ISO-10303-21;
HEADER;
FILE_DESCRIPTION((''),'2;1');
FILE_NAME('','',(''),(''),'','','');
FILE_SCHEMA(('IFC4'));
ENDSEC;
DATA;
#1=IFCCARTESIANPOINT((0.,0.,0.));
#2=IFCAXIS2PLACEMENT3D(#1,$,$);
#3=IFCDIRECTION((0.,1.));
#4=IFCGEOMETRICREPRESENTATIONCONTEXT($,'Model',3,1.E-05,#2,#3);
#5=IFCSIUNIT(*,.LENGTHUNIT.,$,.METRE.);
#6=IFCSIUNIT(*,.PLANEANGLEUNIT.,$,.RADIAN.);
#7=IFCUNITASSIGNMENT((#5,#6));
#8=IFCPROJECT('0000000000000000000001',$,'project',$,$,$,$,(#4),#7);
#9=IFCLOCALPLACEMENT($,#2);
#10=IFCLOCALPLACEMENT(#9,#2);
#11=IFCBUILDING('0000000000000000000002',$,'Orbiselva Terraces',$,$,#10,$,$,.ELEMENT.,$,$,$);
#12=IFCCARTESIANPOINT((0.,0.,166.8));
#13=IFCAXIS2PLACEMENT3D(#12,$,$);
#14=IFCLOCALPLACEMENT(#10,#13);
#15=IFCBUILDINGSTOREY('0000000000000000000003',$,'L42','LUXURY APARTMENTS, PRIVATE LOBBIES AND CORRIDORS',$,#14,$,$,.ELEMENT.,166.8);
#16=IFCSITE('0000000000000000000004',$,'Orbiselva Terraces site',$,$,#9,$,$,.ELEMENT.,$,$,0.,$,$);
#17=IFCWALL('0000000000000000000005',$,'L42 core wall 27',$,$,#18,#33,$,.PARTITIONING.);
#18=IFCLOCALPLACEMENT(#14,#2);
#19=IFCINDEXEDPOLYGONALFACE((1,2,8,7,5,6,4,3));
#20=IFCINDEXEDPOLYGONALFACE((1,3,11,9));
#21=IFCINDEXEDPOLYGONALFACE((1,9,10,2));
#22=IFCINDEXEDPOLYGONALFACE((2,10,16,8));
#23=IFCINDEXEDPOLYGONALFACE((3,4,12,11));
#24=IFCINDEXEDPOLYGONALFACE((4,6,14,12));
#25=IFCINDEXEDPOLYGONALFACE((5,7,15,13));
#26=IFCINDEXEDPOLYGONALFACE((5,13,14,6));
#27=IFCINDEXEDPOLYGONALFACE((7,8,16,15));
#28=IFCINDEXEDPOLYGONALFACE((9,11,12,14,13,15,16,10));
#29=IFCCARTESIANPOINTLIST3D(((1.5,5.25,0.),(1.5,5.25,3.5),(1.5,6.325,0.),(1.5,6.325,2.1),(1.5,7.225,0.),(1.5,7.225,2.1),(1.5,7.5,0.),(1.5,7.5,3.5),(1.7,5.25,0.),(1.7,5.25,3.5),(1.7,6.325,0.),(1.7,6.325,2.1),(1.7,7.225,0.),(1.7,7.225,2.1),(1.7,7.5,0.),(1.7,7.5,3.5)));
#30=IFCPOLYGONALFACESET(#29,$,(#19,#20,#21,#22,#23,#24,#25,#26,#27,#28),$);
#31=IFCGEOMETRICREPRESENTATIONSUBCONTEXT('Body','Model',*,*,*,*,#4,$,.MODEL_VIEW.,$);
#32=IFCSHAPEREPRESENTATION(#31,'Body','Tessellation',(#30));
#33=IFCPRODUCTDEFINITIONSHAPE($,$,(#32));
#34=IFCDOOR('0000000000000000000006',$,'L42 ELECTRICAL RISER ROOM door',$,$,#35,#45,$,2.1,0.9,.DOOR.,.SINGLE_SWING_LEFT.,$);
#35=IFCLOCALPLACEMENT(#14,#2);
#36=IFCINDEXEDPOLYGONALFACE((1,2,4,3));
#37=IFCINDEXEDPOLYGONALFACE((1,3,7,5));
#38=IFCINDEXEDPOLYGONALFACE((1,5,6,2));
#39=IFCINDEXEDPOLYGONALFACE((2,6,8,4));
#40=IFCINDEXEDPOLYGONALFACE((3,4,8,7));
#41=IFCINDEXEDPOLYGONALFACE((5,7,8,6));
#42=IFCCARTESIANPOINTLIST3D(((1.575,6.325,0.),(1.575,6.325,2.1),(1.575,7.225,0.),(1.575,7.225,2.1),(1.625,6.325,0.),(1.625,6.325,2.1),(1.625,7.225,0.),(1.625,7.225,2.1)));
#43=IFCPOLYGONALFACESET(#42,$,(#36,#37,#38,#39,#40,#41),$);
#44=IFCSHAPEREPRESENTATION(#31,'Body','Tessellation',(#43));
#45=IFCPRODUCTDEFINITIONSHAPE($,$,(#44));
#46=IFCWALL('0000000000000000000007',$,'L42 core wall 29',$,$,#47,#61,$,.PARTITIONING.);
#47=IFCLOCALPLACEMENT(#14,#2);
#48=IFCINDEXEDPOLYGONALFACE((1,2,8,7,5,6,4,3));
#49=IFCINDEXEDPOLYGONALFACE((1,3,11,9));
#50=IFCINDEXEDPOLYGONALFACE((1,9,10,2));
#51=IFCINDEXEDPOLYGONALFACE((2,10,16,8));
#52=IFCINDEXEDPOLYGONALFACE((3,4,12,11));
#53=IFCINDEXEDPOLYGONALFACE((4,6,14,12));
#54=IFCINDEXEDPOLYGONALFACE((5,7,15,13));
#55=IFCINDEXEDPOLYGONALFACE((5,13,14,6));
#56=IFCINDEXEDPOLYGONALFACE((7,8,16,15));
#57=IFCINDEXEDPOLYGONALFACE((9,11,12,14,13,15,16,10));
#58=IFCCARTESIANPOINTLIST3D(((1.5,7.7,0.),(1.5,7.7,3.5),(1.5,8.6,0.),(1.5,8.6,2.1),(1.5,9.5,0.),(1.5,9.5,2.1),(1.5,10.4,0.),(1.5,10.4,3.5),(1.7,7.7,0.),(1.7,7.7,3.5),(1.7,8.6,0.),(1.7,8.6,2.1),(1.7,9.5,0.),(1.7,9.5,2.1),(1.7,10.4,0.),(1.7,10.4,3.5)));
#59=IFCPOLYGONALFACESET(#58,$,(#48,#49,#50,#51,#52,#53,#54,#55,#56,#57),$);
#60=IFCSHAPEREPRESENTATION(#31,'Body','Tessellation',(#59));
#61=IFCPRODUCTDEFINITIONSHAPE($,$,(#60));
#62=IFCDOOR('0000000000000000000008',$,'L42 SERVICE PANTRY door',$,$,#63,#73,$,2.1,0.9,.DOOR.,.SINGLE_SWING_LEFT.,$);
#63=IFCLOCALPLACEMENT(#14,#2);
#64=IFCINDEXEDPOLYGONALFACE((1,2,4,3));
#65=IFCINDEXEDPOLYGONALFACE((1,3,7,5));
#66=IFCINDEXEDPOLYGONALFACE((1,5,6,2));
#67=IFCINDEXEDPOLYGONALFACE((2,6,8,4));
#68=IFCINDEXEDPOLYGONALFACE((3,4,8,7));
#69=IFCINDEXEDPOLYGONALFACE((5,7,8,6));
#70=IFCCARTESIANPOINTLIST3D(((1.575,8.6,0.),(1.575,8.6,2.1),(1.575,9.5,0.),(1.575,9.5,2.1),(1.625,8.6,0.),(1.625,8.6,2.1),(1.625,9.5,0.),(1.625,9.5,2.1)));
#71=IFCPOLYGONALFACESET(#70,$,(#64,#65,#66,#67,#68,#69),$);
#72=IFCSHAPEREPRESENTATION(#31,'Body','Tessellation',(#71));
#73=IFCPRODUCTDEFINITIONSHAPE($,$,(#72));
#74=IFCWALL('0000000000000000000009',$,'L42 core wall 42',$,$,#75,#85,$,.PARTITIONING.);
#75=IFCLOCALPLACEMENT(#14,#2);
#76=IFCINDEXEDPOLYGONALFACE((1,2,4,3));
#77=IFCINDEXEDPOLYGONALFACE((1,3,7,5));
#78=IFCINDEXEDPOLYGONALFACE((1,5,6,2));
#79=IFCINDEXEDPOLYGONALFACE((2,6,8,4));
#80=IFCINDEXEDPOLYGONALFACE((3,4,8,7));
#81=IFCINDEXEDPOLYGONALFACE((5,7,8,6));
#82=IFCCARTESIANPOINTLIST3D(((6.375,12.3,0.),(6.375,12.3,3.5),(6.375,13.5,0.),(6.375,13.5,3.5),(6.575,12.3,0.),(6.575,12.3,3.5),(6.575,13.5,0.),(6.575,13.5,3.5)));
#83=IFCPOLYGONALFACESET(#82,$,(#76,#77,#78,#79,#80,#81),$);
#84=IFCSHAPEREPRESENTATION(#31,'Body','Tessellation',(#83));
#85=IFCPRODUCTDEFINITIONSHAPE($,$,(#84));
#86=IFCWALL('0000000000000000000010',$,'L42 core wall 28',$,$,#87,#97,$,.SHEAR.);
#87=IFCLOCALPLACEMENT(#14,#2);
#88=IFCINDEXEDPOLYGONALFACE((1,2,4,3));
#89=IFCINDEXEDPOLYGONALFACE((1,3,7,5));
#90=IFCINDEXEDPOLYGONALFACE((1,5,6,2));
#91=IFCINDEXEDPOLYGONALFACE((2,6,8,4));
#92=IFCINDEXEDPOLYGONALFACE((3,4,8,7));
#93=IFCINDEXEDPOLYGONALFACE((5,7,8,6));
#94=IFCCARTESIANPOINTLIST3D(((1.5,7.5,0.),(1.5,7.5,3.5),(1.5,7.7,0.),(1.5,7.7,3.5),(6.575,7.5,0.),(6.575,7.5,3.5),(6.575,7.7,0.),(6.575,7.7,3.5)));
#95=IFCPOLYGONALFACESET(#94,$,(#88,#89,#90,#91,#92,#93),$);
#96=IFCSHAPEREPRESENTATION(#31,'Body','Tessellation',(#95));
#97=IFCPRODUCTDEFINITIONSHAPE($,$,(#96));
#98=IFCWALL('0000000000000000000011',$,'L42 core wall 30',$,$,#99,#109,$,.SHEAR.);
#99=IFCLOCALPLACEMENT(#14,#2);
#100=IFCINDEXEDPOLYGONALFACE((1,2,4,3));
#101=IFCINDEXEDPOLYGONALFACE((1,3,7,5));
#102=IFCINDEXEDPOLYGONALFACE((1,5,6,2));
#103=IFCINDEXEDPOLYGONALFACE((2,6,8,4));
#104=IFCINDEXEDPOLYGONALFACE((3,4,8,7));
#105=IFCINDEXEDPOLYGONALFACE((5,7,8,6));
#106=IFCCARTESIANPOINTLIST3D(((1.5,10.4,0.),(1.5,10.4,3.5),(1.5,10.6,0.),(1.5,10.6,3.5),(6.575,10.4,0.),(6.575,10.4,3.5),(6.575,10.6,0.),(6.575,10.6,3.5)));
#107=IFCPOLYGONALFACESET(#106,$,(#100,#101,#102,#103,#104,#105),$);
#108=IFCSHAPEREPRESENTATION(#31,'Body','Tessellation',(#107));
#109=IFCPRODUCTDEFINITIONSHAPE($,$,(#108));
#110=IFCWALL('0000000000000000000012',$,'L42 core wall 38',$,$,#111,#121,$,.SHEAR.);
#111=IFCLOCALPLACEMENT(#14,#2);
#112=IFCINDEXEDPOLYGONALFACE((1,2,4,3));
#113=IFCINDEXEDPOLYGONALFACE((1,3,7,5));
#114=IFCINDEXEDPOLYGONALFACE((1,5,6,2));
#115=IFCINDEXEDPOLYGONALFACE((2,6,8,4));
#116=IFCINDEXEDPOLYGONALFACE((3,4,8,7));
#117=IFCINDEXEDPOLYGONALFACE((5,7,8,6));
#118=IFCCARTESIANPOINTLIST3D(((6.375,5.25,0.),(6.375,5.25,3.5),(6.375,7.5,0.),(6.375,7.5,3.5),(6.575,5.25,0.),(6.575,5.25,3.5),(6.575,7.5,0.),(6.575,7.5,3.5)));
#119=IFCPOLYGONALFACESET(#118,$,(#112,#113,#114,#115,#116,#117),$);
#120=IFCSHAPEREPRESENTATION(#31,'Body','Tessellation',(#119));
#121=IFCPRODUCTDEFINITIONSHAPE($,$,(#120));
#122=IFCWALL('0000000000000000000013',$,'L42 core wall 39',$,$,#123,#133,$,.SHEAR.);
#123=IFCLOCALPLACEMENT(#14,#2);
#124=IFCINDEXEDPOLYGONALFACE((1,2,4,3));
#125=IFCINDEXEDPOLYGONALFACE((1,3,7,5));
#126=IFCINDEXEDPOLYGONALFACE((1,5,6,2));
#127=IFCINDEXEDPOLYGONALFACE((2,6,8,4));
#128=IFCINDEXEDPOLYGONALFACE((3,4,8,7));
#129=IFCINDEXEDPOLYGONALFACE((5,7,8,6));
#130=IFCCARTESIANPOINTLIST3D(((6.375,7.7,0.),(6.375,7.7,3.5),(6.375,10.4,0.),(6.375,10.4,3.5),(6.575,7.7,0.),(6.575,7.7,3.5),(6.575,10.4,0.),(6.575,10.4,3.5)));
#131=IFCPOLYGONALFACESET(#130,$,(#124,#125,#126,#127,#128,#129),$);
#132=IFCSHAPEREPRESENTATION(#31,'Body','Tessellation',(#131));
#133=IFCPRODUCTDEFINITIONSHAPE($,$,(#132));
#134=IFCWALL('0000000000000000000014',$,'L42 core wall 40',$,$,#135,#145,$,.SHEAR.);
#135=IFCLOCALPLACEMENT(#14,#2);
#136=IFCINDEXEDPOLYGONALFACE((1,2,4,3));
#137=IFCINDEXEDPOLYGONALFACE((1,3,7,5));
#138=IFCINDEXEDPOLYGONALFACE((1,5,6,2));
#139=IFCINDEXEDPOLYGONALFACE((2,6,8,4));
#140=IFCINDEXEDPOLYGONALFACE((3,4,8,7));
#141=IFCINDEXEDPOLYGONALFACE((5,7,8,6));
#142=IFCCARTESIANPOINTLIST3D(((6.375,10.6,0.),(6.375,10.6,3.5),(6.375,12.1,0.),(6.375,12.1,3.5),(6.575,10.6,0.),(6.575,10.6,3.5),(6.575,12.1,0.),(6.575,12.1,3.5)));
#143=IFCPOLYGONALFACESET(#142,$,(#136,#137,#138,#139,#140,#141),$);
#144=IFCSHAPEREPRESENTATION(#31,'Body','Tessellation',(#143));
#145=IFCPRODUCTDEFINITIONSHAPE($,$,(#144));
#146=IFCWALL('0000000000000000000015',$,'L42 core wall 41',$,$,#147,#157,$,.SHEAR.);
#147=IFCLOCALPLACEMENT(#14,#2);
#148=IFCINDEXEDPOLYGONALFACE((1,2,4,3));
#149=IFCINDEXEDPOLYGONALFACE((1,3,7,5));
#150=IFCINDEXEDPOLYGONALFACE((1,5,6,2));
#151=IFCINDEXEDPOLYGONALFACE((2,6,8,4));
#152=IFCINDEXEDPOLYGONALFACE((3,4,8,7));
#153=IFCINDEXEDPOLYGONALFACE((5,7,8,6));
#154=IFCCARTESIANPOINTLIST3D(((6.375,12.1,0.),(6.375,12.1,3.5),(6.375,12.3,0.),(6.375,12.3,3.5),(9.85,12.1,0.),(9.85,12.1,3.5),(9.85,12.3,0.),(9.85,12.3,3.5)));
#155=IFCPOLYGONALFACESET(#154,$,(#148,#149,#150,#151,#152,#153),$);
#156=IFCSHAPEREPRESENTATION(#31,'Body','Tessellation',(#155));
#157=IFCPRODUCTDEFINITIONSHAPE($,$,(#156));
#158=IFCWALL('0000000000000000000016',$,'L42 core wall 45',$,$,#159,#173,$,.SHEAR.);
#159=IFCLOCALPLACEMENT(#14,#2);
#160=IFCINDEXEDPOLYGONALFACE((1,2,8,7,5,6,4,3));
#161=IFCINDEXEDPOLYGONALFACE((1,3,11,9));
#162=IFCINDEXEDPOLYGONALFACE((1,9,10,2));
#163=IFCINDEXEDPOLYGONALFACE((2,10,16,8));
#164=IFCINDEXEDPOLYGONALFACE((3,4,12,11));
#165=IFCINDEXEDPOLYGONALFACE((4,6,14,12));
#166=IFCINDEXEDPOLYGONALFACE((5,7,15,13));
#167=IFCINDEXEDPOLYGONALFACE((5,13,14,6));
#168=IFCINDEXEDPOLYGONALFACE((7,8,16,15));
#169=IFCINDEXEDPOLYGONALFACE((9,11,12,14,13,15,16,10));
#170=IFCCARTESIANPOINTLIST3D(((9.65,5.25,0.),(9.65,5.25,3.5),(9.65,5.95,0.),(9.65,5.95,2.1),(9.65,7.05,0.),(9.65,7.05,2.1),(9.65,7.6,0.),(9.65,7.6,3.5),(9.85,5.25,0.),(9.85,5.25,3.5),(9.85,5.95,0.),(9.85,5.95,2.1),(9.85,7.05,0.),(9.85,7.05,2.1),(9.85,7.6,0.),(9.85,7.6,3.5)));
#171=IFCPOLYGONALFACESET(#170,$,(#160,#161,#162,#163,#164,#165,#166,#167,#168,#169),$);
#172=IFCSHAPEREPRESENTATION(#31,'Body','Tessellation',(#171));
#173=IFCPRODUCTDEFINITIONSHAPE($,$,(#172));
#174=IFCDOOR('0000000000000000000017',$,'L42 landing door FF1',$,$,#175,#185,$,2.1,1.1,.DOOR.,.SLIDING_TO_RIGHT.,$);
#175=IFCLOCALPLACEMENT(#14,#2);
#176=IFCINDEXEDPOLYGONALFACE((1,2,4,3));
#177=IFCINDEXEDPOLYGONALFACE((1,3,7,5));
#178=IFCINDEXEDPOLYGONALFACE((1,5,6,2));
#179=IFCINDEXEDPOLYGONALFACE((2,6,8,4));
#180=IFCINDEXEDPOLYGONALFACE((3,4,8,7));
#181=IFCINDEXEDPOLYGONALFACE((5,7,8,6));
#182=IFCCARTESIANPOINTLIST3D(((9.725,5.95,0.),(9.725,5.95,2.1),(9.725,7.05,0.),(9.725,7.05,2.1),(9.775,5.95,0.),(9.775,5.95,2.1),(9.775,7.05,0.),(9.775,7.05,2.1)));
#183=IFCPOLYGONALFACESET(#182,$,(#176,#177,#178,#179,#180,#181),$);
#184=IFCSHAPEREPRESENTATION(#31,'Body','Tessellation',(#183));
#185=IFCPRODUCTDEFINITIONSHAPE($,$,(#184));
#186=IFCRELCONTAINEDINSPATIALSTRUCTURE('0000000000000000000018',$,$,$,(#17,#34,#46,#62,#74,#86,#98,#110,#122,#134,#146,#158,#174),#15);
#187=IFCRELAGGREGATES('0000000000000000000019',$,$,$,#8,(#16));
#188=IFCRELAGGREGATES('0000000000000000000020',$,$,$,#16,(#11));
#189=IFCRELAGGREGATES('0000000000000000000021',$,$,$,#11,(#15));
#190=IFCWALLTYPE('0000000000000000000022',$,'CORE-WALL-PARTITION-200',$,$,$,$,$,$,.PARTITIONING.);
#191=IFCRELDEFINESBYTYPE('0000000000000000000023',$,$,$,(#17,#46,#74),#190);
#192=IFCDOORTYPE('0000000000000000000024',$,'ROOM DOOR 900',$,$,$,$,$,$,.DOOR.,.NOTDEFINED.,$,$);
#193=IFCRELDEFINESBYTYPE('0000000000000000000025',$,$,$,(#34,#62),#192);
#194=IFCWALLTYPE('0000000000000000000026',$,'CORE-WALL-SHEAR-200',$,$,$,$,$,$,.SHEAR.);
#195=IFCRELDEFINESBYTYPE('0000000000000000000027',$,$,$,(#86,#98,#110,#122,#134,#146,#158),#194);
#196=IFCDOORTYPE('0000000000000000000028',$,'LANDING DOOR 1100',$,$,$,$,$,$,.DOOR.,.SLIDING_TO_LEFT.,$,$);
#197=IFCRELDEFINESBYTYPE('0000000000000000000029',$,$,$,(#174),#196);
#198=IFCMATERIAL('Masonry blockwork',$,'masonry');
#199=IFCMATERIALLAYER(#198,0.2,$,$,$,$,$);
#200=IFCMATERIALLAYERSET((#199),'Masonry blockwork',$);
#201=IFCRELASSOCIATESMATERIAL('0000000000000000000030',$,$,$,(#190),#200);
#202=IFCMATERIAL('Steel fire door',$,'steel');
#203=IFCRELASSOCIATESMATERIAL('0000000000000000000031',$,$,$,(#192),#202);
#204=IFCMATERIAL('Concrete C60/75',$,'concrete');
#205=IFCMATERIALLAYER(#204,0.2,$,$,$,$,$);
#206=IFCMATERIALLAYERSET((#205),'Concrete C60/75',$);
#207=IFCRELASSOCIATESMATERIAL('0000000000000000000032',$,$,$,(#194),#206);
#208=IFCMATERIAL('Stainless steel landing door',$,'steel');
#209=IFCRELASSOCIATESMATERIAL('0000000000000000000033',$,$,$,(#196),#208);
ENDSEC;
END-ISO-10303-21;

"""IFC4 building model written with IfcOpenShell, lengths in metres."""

from ifc_helpers import new_model, si_unit, direction, frame, frame_2d, origin, place, context, subcontext, project, spatial, rectangle, extrude, material, layer, layer_set, type_object, element, fill, save


model = new_model("IFC4")

# Units and contexts
model_context = context("Model", 3, precision=1e-05, world=origin(), true_north=direction((0.0, 1.0)))
body_context = subcontext(model_context, "Body", "Model", "MODEL_VIEW")
ifc_project = project(units=[si_unit("LENGTHUNIT", "METRE"), si_unit("PLANEANGLEUNIT", "RADIAN")], contexts=[model_context])

# Site, building, storey
site_placement = place(None, origin())
site = spatial("IfcSite", under=ifc_project, at=site_placement, Name="Orbiselva Terraces site", CompositionType="ELEMENT", RefElevation=0.0)
building_placement = place(site_placement, origin())
building = spatial("IfcBuilding", under=site, at=building_placement, Name="Orbiselva Terraces", CompositionType="ELEMENT")
storey_placement = place(building_placement, frame((0.0, 0.0, 166.8)))
storey = spatial("IfcBuildingStorey", under=building, at=storey_placement, Name="L42", Description="LUXURY APARTMENTS, PRIVATE LOBBIES AND CORRIDORS", CompositionType="ELEMENT", Elevation=166.8)

# Walls, openings, doors
ifc_material_1 = material(Name="Masonry blockwork", Category="masonry")
ifc_layer_1 = layer(ifc_material_1, 0.2)
ifc_layer_set_1 = layer_set([ifc_layer_1], Name="Masonry blockwork")
wall_type_1 = type_object("IfcWallType", Name="CORE-WALL-PARTITION-200", PredefinedType="PARTITIONING", material=ifc_layer_set_1)
wall_1_placement = place(storey_placement, frame((1.6, 7.5, 0.0), z_axis=(0.0, 0.0, 1.0), x_axis=(0.0, -1.0, 0.0)))
wall_1 = element("IfcWall", 1, at=wall_1_placement, inside=storey, type_object=wall_type_1, Name="L42 core wall 27", PredefinedType="PARTITIONING", context=body_context, shape_type="SweptSolid", body=[
    extrude(rectangle(XDim=2.25, YDim=0.2, at=frame_2d((1.125, 0.0))), origin(), (0.0, 0.0, 1.0), 3.5),
])
opening_1_placement = place(wall_1_placement, frame((0.275, 0.0, 0.0)))
opening_1 = element("IfcOpeningElement", 2, at=opening_1_placement, cuts=wall_1, PredefinedType="OPENING", context=body_context, shape_type="SweptSolid", body=[
    extrude(rectangle(XDim=0.9, YDim=2.1, at=frame_2d((0.45, 1.05))), frame((0.0, 0.11, 0.0), z_axis=(0.0, -1.0, 0.0), x_axis=(1.0, 0.0, 0.0)), (0.0, 0.0, 1.0), 0.22),
])
ifc_material_2 = material(Name="Steel fire door", Category="steel")
door_type_1 = type_object("IfcDoorType", Name="ROOM DOOR 900", OperationType="NOTDEFINED", PredefinedType="DOOR", material=ifc_material_2)
door_1_placement = place(opening_1_placement, origin())
door_1 = element("IfcDoor", 3, at=door_1_placement, inside=storey, type_object=door_type_1, Name="L42 ELECTRICAL RISER ROOM door", OperationType="SINGLE_SWING_LEFT", OverallHeight=2.1, OverallWidth=0.9, PredefinedType="DOOR", context=body_context, shape_type="SweptSolid", body=[
    extrude(rectangle(XDim=0.9, YDim=2.1, at=frame_2d((0.45, 1.05))), frame((0.0, 0.025, 0.0), z_axis=(0.0, -1.0, 0.0), x_axis=(1.0, 0.0, 0.0)), (0.0, 0.0, 1.0), 0.05),
])
fill(opening_1, door_1)
wall_2_placement = place(storey_placement, frame((1.6, 10.4, 0.0), z_axis=(0.0, 0.0, 1.0), x_axis=(0.0, -1.0, 0.0)))
wall_2 = element("IfcWall", 4, at=wall_2_placement, inside=storey, type_object=wall_type_1, Name="L42 core wall 29", PredefinedType="PARTITIONING", context=body_context, shape_type="SweptSolid", body=[
    extrude(rectangle(XDim=2.7, YDim=0.2, at=frame_2d((1.35, 0.0))), origin(), (0.0, 0.0, 1.0), 3.5),
])
opening_2_placement = place(wall_2_placement, frame((0.9, 0.0, 0.0)))
opening_2 = element("IfcOpeningElement", 5, at=opening_2_placement, cuts=wall_2, PredefinedType="OPENING", context=body_context, shape_type="SweptSolid", body=[
    extrude(rectangle(XDim=0.9, YDim=2.1, at=frame_2d((0.45, 1.05))), frame((0.0, 0.11, 0.0), z_axis=(0.0, -1.0, 0.0), x_axis=(1.0, 0.0, 0.0)), (0.0, 0.0, 1.0), 0.22),
])
door_2_placement = place(opening_2_placement, origin())
door_2 = element("IfcDoor", 6, at=door_2_placement, inside=storey, type_object=door_type_1, Name="L42 SERVICE PANTRY door", OperationType="SINGLE_SWING_LEFT", OverallHeight=2.1, OverallWidth=0.9, PredefinedType="DOOR", context=body_context, shape_type="SweptSolid", body=[
    extrude(rectangle(XDim=0.9, YDim=2.1, at=frame_2d((0.45, 1.05))), frame((0.0, 0.025, 0.0), z_axis=(0.0, -1.0, 0.0), x_axis=(1.0, 0.0, 0.0)), (0.0, 0.0, 1.0), 0.05),
])
fill(opening_2, door_2)

# Walls
wall_3_placement = place(storey_placement, frame((6.475, 12.3, 0.0), z_axis=(0.0, 0.0, 1.0), x_axis=(0.0, 1.0, 0.0)))
element("IfcWall", 7, at=wall_3_placement, inside=storey, type_object=wall_type_1, Name="L42 core wall 42", PredefinedType="PARTITIONING", context=body_context, shape_type="SweptSolid", body=[
    extrude(rectangle(XDim=1.2, YDim=0.2, at=frame_2d((0.6, 0.0))), origin(), (0.0, 0.0, 1.0), 3.5),
])
ifc_material_3 = material(Name="Concrete C60/75", Category="concrete")
ifc_layer_2 = layer(ifc_material_3, 0.2)
ifc_layer_set_2 = layer_set([ifc_layer_2], Name="Concrete C60/75")
wall_type_2 = type_object("IfcWallType", Name="CORE-WALL-SHEAR-200", PredefinedType="SHEAR", material=ifc_layer_set_2)
for number, where, z_axis, x_axis, name in (
    (8, (1.5, 7.6, 0.0), (0.0, 0.0, 1.0), (1.0, 0.0, 0.0), "L42 core wall 28"),
    (9, (1.5, 10.5, 0.0), (0.0, 0.0, 1.0), (1.0, 0.0, 0.0), "L42 core wall 30"),
):
    element("IfcWall", number, at=place(storey_placement, frame(where, z_axis=z_axis, x_axis=x_axis)), inside=storey, type_object=wall_type_2, Name=name, PredefinedType="SHEAR", context=body_context, shape_type="SweptSolid", body=[
        extrude(rectangle(XDim=5.075, YDim=0.2, at=frame_2d((2.5375, 0.0))), origin(), (0.0, 0.0, 1.0), 3.5),
    ])
wall_4_placement = place(storey_placement, frame((6.475, 5.25, 0.0), z_axis=(0.0, 0.0, 1.0), x_axis=(0.0, 1.0, 0.0)))
element("IfcWall", 10, at=wall_4_placement, inside=storey, type_object=wall_type_2, Name="L42 core wall 38", PredefinedType="SHEAR", context=body_context, shape_type="SweptSolid", body=[
    extrude(rectangle(XDim=2.25, YDim=0.2, at=frame_2d((1.125, 0.0))), origin(), (0.0, 0.0, 1.0), 3.5),
])
wall_5_placement = place(storey_placement, frame((6.475, 7.7, 0.0), z_axis=(0.0, 0.0, 1.0), x_axis=(0.0, 1.0, 0.0)))
element("IfcWall", 11, at=wall_5_placement, inside=storey, type_object=wall_type_2, Name="L42 core wall 39", PredefinedType="SHEAR", context=body_context, shape_type="SweptSolid", body=[
    extrude(rectangle(XDim=2.7, YDim=0.2, at=frame_2d((1.35, 0.0))), origin(), (0.0, 0.0, 1.0), 3.5),
])
wall_6_placement = place(storey_placement, frame((6.475, 10.6, 0.0), z_axis=(0.0, 0.0, 1.0), x_axis=(0.0, 1.0, 0.0)))
element("IfcWall", 12, at=wall_6_placement, inside=storey, type_object=wall_type_2, Name="L42 core wall 40", PredefinedType="SHEAR", context=body_context, shape_type="SweptSolid", body=[
    extrude(rectangle(XDim=1.5, YDim=0.2, at=frame_2d((0.75, 0.0))), origin(), (0.0, 0.0, 1.0), 3.5),
])
wall_7_placement = place(storey_placement, frame((6.375, 12.2, 0.0), z_axis=(0.0, 0.0, 1.0), x_axis=(1.0, 0.0, 0.0)))
element("IfcWall", 13, at=wall_7_placement, inside=storey, type_object=wall_type_2, Name="L42 core wall 41", PredefinedType="SHEAR", context=body_context, shape_type="SweptSolid", body=[
    extrude(rectangle(XDim=3.475, YDim=0.2, at=frame_2d((1.7375, 0.0))), origin(), (0.0, 0.0, 1.0), 3.5),
])

# Wall, opening, door
wall_8_placement = place(storey_placement, frame((9.75, 5.25, 0.0), z_axis=(0.0, 0.0, 1.0), x_axis=(0.0, 1.0, 0.0)))
wall_8 = element("IfcWall", 14, at=wall_8_placement, inside=storey, type_object=wall_type_2, Name="L42 core wall 45", PredefinedType="SHEAR", context=body_context, shape_type="SweptSolid", body=[
    extrude(rectangle(XDim=2.35, YDim=0.2, at=frame_2d((1.175, 0.0))), origin(), (0.0, 0.0, 1.0), 3.5),
])
opening_3_placement = place(wall_8_placement, frame((0.7, 0.0, 0.0)))
opening_3 = element("IfcOpeningElement", 15, at=opening_3_placement, cuts=wall_8, PredefinedType="OPENING", context=body_context, shape_type="SweptSolid", body=[
    extrude(rectangle(XDim=1.1, YDim=2.1, at=frame_2d((0.55, 1.05))), frame((0.0, 0.11, 0.0), z_axis=(0.0, -1.0, 0.0), x_axis=(1.0, 0.0, 0.0)), (0.0, 0.0, 1.0), 0.22),
])
ifc_material_4 = material(Name="Stainless steel landing door", Category="steel")
door_type_2 = type_object("IfcDoorType", Name="LANDING DOOR 1100", OperationType="SLIDING_TO_LEFT", PredefinedType="DOOR", material=ifc_material_4)
door_3_placement = place(opening_3_placement, origin())
door_3 = element("IfcDoor", 16, at=door_3_placement, inside=storey, type_object=door_type_2, Name="L42 landing door FF1", OperationType="SLIDING_TO_RIGHT", OverallHeight=2.1, OverallWidth=1.1, PredefinedType="DOOR", context=body_context, shape_type="SweptSolid", body=[
    extrude(rectangle(XDim=1.1, YDim=2.1, at=frame_2d((0.55, 1.05))), frame((0.0, 0.025, 0.0), z_axis=(0.0, -1.0, 0.0), x_axis=(1.0, 0.0, 0.0)), (0.0, 0.0, 1.0), 0.05),
])
fill(opening_3, door_3)

save(model, "model.ifc")
